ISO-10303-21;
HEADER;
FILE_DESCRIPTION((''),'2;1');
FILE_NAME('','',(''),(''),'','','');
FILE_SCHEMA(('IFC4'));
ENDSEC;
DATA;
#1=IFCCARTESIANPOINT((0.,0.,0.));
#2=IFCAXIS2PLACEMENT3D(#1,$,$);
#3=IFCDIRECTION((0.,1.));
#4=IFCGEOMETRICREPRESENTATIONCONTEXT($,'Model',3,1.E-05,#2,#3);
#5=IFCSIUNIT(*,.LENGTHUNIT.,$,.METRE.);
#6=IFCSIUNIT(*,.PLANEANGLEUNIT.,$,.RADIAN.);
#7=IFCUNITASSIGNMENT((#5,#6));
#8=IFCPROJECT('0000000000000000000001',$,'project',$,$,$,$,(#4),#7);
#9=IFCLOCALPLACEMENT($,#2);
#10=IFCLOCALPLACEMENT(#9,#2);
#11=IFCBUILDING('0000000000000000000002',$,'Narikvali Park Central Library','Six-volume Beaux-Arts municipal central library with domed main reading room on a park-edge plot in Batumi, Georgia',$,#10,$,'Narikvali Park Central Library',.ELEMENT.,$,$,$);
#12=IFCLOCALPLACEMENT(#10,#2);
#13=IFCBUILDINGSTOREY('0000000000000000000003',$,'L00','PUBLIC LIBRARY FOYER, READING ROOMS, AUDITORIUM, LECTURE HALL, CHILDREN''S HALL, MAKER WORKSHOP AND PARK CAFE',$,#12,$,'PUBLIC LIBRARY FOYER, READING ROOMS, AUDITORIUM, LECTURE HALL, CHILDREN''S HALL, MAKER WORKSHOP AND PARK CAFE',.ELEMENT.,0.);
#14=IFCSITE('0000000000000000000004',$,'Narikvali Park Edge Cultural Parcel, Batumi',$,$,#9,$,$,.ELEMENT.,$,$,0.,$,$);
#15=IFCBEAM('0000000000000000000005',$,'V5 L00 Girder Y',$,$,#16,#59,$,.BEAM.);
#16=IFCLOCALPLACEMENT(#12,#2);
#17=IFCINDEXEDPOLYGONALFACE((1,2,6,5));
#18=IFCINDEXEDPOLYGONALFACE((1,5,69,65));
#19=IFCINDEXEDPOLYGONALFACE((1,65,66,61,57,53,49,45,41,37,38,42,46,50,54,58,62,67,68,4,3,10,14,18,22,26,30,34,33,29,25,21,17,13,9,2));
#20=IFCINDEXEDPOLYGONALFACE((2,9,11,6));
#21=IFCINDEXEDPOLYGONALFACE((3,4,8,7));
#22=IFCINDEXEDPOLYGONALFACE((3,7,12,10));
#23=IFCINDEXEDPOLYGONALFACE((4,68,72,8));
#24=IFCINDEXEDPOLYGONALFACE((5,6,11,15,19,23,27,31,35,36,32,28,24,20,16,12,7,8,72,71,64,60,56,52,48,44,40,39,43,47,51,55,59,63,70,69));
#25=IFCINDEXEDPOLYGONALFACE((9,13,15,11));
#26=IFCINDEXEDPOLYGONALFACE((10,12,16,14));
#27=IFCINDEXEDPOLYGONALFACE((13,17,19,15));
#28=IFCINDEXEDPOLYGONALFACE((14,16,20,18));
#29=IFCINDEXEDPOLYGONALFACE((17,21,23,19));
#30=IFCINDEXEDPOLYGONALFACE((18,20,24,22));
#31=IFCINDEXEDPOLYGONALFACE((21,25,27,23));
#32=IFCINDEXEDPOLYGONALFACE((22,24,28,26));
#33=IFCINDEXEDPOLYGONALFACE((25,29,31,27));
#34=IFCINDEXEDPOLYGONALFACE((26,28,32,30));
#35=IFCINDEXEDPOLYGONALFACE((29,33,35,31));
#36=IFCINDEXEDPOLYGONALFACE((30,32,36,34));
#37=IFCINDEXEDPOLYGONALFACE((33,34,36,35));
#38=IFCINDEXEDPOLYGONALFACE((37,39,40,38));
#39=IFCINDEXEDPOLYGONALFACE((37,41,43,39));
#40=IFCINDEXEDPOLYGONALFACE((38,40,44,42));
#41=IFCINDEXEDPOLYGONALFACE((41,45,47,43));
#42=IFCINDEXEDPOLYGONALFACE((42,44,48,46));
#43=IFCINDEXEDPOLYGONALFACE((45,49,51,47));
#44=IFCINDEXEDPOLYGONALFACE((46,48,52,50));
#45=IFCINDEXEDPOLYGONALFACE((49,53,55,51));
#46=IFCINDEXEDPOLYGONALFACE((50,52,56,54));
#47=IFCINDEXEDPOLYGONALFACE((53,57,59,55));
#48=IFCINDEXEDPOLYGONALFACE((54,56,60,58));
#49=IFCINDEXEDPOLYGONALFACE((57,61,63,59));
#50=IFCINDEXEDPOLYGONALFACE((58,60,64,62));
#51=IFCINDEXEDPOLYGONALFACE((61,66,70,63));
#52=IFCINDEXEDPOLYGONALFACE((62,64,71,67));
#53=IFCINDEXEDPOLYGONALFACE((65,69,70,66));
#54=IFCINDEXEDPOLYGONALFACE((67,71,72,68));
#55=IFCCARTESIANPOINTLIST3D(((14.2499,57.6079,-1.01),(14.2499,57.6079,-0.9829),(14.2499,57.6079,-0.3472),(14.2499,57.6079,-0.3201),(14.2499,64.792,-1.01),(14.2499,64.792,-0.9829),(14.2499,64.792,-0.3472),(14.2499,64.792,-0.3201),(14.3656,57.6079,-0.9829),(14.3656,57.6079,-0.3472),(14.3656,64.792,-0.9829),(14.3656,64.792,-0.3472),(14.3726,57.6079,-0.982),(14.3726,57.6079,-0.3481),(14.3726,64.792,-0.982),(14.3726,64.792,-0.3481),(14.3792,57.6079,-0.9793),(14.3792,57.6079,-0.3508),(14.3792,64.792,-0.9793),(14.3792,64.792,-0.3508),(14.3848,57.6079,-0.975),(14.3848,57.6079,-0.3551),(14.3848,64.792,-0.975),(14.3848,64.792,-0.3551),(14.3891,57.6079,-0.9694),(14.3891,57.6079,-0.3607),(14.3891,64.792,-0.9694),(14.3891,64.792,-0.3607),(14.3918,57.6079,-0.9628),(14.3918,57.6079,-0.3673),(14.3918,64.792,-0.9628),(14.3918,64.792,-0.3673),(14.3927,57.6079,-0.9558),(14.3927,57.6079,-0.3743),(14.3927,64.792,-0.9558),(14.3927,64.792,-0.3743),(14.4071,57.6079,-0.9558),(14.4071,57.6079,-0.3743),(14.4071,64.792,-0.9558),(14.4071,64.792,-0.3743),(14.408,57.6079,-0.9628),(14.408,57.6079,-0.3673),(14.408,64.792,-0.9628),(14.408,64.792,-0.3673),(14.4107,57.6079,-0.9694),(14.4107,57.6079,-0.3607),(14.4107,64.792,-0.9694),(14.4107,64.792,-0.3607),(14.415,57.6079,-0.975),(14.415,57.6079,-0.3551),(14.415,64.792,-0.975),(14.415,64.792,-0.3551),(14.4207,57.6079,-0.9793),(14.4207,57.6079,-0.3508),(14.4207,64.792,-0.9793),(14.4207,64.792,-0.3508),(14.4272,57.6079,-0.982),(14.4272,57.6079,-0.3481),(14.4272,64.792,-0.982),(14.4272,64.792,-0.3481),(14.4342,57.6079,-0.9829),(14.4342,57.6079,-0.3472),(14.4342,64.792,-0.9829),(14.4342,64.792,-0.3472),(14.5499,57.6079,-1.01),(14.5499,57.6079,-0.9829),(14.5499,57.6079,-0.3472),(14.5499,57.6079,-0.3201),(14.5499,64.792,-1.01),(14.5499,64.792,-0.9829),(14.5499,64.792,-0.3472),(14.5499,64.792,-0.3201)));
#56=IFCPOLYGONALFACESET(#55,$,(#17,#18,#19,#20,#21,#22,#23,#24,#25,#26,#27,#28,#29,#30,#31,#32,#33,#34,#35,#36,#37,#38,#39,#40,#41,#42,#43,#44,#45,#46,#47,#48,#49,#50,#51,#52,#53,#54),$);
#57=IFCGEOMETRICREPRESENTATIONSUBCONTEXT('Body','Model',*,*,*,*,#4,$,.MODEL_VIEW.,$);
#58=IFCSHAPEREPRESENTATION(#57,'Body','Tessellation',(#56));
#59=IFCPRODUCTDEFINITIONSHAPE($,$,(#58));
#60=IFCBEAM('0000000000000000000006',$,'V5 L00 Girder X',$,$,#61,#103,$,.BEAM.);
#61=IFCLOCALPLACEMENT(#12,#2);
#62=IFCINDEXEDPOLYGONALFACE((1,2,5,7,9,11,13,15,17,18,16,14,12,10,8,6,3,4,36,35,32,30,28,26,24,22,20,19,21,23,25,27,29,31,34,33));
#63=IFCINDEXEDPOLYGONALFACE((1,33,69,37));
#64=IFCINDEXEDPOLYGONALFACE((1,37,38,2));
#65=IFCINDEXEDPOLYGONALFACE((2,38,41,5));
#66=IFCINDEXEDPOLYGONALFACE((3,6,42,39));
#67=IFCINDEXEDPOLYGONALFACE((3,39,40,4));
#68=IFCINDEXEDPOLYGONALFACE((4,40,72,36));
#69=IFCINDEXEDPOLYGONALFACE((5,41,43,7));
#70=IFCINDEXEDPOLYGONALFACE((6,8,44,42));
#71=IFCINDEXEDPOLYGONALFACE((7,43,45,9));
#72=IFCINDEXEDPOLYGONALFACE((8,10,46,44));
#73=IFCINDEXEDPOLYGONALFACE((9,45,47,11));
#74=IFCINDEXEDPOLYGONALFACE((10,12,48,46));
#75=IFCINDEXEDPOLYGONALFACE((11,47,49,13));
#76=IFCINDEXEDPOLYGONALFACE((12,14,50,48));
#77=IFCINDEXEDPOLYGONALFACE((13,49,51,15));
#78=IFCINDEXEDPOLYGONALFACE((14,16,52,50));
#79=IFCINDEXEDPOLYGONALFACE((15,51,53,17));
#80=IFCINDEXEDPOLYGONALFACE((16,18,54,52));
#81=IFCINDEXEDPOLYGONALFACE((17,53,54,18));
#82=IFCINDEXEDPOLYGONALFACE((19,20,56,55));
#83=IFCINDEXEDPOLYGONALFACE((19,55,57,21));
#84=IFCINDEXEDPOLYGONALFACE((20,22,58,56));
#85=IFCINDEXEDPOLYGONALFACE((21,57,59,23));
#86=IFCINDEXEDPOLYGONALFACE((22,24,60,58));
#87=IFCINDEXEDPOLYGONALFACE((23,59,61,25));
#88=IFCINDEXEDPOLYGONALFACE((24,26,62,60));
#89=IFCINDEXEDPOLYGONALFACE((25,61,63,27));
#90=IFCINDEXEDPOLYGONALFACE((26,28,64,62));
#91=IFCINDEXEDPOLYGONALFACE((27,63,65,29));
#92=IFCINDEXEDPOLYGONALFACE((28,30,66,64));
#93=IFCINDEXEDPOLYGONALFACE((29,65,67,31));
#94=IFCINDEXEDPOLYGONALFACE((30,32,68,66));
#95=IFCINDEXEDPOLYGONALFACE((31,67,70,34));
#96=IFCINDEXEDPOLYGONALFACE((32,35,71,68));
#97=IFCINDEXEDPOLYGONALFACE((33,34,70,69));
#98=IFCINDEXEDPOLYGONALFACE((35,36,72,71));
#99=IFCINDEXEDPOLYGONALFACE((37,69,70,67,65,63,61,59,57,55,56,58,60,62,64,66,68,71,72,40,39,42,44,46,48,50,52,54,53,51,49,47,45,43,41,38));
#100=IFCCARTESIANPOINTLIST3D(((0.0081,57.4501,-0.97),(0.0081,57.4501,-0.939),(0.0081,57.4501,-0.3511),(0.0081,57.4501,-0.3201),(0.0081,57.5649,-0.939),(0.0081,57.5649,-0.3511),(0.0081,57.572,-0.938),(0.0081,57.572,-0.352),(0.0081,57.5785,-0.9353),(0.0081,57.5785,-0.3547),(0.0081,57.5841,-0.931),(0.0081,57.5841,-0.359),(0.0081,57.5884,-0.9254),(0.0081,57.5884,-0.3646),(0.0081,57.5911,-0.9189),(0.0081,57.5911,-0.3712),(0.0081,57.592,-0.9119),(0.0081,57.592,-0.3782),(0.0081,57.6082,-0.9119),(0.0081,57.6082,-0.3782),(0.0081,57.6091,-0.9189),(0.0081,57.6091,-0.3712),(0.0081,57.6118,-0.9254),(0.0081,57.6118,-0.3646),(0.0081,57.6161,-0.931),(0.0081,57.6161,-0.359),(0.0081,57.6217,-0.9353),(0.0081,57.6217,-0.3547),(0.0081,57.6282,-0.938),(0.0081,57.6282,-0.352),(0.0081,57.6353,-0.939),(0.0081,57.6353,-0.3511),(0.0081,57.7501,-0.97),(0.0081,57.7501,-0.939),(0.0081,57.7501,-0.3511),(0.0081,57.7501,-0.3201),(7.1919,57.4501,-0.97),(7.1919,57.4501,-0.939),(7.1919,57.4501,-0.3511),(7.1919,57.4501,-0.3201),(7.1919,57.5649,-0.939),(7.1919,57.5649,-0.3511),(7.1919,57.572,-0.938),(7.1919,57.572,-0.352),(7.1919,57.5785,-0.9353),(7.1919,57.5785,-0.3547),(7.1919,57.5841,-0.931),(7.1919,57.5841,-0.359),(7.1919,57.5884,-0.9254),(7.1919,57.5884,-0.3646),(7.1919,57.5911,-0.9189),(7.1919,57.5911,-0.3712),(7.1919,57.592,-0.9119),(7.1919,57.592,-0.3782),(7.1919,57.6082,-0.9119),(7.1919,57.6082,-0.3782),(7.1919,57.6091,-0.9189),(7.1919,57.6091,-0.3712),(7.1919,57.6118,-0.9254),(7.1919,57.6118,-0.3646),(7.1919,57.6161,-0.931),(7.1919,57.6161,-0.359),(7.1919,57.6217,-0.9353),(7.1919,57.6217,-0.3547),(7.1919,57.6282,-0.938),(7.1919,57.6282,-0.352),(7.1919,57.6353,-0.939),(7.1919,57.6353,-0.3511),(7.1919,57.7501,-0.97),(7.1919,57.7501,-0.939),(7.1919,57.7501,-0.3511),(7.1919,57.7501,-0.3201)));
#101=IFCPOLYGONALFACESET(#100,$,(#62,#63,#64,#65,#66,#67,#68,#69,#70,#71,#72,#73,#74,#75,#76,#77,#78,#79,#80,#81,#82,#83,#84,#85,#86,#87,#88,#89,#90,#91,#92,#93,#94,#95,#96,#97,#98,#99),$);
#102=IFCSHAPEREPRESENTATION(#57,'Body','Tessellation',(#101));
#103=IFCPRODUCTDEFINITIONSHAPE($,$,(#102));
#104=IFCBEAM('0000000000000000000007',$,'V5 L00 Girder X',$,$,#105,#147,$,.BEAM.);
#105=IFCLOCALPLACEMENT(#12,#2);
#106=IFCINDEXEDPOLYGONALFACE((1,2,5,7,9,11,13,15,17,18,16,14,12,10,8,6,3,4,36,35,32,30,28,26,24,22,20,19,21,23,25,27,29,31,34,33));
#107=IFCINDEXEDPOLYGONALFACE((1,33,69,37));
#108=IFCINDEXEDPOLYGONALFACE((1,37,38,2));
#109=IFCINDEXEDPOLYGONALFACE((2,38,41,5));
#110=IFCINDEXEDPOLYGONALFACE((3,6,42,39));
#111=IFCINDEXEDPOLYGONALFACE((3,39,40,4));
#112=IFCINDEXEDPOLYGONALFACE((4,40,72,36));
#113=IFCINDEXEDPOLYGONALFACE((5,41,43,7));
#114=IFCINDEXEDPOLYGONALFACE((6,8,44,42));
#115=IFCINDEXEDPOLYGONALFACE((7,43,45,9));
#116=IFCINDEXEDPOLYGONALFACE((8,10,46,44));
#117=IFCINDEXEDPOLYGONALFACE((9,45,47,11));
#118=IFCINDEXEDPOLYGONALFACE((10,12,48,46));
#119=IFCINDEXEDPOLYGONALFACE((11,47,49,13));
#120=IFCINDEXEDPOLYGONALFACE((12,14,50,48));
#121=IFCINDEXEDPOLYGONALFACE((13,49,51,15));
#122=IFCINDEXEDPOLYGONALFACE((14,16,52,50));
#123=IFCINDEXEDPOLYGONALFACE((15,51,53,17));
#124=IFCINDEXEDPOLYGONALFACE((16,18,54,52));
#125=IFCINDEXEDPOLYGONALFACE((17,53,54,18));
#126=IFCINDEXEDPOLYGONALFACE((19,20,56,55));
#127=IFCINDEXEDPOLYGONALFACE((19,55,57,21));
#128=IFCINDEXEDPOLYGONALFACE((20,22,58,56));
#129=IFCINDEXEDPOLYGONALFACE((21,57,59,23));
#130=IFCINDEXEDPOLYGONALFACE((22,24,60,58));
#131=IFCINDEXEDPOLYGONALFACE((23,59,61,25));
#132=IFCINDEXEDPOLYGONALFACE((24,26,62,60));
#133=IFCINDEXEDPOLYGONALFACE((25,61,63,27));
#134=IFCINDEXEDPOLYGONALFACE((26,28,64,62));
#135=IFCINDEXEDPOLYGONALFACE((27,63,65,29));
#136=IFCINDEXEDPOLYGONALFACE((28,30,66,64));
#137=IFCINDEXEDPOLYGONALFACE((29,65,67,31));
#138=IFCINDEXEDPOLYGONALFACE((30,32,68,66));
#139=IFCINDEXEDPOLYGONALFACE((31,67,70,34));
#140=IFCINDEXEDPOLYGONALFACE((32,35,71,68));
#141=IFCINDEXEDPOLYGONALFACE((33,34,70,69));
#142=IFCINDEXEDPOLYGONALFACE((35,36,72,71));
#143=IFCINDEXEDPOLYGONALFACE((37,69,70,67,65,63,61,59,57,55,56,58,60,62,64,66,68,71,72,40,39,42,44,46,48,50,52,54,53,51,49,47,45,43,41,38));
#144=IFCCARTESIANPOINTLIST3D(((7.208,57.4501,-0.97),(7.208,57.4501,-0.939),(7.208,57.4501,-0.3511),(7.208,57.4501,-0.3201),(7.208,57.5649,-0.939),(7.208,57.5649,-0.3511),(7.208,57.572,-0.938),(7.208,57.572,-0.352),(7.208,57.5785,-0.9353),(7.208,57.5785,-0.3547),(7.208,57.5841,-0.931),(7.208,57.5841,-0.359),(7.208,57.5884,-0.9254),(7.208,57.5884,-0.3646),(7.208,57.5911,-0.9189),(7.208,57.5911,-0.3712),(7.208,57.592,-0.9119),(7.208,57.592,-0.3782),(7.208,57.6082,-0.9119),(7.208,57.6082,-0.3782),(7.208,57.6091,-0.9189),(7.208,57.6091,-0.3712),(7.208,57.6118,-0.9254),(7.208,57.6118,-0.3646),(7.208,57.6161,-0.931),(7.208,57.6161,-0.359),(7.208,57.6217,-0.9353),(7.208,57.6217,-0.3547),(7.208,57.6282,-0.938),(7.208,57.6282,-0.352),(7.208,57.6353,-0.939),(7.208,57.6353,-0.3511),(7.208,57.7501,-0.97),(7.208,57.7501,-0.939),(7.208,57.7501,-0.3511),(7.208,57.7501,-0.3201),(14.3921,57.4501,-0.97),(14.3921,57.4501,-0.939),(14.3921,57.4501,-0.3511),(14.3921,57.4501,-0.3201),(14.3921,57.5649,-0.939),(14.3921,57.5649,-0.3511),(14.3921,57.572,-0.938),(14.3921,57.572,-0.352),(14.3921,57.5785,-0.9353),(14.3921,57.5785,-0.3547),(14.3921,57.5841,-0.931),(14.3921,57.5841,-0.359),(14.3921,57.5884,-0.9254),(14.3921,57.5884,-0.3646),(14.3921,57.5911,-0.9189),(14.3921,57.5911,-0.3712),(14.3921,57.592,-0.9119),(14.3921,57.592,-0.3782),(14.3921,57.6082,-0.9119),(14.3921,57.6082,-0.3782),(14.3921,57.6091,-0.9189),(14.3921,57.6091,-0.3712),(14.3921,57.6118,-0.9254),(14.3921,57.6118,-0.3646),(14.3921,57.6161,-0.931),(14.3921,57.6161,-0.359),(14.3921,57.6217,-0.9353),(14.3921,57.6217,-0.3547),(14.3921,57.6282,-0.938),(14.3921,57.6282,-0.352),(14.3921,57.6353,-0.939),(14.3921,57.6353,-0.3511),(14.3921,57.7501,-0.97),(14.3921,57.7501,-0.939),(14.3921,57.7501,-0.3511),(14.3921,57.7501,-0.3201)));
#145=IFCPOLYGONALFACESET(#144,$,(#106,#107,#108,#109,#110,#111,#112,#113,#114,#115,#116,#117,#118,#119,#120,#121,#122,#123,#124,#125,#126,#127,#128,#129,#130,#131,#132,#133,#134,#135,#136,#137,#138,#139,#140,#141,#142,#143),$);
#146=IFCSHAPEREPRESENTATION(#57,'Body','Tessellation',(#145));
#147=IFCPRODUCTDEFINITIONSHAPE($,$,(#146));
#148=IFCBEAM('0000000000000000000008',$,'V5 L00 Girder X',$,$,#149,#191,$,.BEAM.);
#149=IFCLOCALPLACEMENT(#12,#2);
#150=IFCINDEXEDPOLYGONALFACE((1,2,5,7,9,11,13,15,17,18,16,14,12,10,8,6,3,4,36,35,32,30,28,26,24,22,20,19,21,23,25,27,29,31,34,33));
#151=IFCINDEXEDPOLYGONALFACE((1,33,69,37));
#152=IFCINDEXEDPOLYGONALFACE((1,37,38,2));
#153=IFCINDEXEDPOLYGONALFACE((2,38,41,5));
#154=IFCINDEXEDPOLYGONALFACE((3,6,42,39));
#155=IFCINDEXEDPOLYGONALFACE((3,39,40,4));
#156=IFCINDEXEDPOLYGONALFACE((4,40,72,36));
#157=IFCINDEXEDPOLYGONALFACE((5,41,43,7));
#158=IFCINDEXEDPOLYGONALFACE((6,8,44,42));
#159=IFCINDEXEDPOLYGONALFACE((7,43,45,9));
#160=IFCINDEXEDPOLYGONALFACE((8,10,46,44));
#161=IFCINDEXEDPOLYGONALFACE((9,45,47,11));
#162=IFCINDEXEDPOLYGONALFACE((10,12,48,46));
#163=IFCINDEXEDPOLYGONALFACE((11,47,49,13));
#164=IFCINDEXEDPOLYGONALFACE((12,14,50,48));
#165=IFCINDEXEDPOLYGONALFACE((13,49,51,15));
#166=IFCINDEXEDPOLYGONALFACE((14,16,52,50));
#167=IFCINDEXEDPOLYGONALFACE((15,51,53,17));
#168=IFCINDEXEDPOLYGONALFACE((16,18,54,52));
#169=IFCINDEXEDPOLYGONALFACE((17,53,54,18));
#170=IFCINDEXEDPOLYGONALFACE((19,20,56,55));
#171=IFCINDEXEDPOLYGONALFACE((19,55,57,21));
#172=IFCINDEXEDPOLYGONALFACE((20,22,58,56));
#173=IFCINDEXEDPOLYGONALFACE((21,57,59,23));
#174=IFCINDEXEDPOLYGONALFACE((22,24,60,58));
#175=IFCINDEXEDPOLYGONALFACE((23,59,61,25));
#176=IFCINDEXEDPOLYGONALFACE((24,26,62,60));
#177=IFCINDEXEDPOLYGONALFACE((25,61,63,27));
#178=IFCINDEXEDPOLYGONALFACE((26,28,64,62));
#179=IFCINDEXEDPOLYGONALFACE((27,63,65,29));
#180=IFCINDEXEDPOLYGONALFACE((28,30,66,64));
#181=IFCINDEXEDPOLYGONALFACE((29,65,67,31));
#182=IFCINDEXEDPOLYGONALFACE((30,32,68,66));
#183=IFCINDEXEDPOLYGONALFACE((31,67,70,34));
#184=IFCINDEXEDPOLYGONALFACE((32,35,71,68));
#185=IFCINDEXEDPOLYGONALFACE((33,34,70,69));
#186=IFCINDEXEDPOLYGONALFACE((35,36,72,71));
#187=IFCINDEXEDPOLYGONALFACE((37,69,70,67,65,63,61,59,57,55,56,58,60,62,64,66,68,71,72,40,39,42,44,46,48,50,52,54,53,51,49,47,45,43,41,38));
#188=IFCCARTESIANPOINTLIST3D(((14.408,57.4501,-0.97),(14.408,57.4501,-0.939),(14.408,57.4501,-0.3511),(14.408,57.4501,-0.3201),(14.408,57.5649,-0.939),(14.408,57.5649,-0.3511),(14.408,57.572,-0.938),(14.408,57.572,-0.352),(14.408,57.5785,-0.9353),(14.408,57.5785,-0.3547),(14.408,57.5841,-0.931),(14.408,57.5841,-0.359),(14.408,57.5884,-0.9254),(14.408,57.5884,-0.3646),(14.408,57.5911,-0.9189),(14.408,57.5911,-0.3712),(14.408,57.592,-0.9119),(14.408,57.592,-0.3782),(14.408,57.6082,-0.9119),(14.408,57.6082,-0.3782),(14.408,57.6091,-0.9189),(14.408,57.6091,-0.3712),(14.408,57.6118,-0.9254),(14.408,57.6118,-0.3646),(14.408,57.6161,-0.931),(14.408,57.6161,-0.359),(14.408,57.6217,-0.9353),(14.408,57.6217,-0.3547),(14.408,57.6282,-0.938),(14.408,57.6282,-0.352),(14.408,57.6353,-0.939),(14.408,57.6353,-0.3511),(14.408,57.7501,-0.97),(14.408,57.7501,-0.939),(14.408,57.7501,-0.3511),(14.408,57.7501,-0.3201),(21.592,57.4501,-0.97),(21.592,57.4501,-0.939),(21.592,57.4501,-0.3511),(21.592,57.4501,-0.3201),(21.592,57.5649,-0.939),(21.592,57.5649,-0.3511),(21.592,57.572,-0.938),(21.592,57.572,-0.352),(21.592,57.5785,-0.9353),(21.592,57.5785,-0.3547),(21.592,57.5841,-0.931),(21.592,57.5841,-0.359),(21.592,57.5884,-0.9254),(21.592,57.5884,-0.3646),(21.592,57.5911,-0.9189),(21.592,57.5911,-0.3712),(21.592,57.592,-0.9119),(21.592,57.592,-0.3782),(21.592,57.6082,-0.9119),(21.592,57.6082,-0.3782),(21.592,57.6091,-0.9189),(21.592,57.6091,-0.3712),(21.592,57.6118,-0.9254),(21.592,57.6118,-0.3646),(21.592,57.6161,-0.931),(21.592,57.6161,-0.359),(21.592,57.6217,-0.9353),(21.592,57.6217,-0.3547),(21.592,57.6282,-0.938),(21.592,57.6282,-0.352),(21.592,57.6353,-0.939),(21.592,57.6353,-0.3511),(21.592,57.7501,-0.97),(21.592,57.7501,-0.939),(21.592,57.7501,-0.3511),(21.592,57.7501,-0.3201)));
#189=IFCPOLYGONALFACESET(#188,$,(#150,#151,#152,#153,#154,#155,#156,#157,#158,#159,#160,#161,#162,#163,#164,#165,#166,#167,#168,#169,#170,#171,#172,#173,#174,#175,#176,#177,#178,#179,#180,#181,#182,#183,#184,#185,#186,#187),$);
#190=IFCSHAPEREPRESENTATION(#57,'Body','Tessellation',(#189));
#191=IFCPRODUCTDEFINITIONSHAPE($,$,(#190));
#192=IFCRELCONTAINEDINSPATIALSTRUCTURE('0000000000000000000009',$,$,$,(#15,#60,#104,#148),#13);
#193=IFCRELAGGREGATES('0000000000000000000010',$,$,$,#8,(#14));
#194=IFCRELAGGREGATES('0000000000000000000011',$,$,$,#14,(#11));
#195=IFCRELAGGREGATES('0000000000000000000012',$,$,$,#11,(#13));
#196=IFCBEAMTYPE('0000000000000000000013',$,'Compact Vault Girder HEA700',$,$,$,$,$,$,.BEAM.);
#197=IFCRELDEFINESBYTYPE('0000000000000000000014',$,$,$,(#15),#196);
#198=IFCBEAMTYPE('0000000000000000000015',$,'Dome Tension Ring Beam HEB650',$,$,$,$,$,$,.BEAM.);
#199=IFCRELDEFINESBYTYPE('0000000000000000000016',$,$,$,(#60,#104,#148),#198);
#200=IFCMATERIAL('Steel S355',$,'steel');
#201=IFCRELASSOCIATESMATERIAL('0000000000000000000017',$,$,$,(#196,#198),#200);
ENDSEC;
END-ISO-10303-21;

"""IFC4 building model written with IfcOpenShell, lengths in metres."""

from ifc_helpers import new_model, si_unit, direction, frame, origin, origin_2d, place, context, subcontext, project, spatial, i_section, extrude, material, material_profile, profile_set, type_object, element, save


model = new_model("IFC4")

# Units and contexts
model_context = context("Model", 3, precision=1e-05, world=origin(), true_north=direction((0.0, 1.0)))
body_context = subcontext(model_context, "Body", "Model", "MODEL_VIEW")
ifc_project = project(units=[si_unit("LENGTHUNIT", "METRE"), si_unit("PLANEANGLEUNIT", "RADIAN")], contexts=[model_context])

# Site, building, storey
site_placement = place(None, origin())
site = spatial("IfcSite", under=ifc_project, at=site_placement, Name="Narikvali Park Edge Cultural Parcel, Batumi", CompositionType="ELEMENT", RefElevation=0.0)
building_placement = place(site_placement, origin())
building = spatial("IfcBuilding", under=site, at=building_placement, Name="Narikvali Park Central Library", Description="Six-volume Beaux-Arts municipal central library with domed main reading room on a park-edge plot in Batumi, Georgia", LongName="Narikvali Park Central Library", CompositionType="ELEMENT")
storey_placement = place(building_placement, origin())
storey = spatial("IfcBuildingStorey", under=building, at=storey_placement, Name="L00", Description="PUBLIC LIBRARY FOYER, READING ROOMS, AUDITORIUM, LECTURE HALL, CHILDREN'S HALL, MAKER WORKSHOP AND PARK CAFE", LongName="PUBLIC LIBRARY FOYER, READING ROOMS, AUDITORIUM, LECTURE HALL, CHILDREN'S HALL, MAKER WORKSHOP AND PARK CAFE", CompositionType="ELEMENT", Elevation=0.0)

# Shared definitions
ifc_material_1 = material(Name="Steel S355", Category="steel")

# Beams
ifc_material_profile_1 = material_profile(ifc_material_1, i_section(OverallWidth=0.3, OverallDepth=0.6899, WebThickness=0.0144, FlangeThickness=0.0271, FilletRadius=0.0271, at=origin_2d()), Name="HEA 700")
ifc_profile_set_1 = profile_set([ifc_material_profile_1], Name="Steel S355")
beam_type_1 = type_object("IfcBeamType", Name="Compact Vault Girder HEA700", PredefinedType="BEAM", material=ifc_profile_set_1)
for number, where, z_axis, x_axis, name in (
    (1, (14.3999, 57.6079, -0.665), (0.0, 1.0, 0.0), (-1.0, 0.0, 0.0), "V5 L00 Girder Y"),
):
    element("IfcBeam", number, at=place(storey_placement, frame(where, z_axis=z_axis, x_axis=x_axis)), inside=storey, type_object=beam_type_1, Name=name, PredefinedType="BEAM", context=body_context, shape_type="SweptSolid", body=[
        extrude(i_section(OverallWidth=0.3, OverallDepth=0.6899, WebThickness=0.0144, FlangeThickness=0.0271, FilletRadius=0.0271, at=origin_2d()), origin(), (0.0, 0.0, 1.0), 7.1841),
    ])
ifc_material_profile_2 = material_profile(ifc_material_1, i_section(OverallWidth=0.3, OverallDepth=0.6499, WebThickness=0.0161, FlangeThickness=0.031, FilletRadius=0.0271, at=origin_2d()), Name="HEB 650")
ifc_profile_set_2 = profile_set([ifc_material_profile_2], Name="Steel S355")
beam_type_2 = type_object("IfcBeamType", Name="Dome Tension Ring Beam HEB650", PredefinedType="BEAM", material=ifc_profile_set_2)
beam_1_placement = place(storey_placement, frame((0.0081, 57.6001, -0.645), z_axis=(1.0, 0.0, 0.0), x_axis=(0.0, 1.0, 0.0)))
element("IfcBeam", 2, at=beam_1_placement, inside=storey, type_object=beam_type_2, Name="V5 L00 Girder X", PredefinedType="BEAM", context=body_context, shape_type="SweptSolid", body=[
    extrude(i_section(OverallWidth=0.3, OverallDepth=0.6499, WebThickness=0.0161, FlangeThickness=0.031, FilletRadius=0.0271, at=origin_2d()), origin(), (0.0, 0.0, 1.0), 7.1838),
])
for number, where, z_axis, x_axis, name in (
    (3, (7.208, 57.6001, -0.645), (1.0, 0.0, 0.0), (0.0, 1.0, 0.0), "V5 L00 Girder X"),
    (4, (14.408, 57.6001, -0.645), (1.0, 0.0, 0.0), (0.0, 1.0, 0.0), "V5 L00 Girder X"),
):
    element("IfcBeam", number, at=place(storey_placement, frame(where, z_axis=z_axis, x_axis=x_axis)), inside=storey, type_object=beam_type_2, Name=name, PredefinedType="BEAM", context=body_context, shape_type="SweptSolid", body=[
        extrude(i_section(OverallWidth=0.3, OverallDepth=0.6499, WebThickness=0.0161, FlangeThickness=0.031, FilletRadius=0.0271, at=origin_2d()), origin(), (0.0, 0.0, 1.0), 7.1841),
    ])

save(model, "model.ifc")
